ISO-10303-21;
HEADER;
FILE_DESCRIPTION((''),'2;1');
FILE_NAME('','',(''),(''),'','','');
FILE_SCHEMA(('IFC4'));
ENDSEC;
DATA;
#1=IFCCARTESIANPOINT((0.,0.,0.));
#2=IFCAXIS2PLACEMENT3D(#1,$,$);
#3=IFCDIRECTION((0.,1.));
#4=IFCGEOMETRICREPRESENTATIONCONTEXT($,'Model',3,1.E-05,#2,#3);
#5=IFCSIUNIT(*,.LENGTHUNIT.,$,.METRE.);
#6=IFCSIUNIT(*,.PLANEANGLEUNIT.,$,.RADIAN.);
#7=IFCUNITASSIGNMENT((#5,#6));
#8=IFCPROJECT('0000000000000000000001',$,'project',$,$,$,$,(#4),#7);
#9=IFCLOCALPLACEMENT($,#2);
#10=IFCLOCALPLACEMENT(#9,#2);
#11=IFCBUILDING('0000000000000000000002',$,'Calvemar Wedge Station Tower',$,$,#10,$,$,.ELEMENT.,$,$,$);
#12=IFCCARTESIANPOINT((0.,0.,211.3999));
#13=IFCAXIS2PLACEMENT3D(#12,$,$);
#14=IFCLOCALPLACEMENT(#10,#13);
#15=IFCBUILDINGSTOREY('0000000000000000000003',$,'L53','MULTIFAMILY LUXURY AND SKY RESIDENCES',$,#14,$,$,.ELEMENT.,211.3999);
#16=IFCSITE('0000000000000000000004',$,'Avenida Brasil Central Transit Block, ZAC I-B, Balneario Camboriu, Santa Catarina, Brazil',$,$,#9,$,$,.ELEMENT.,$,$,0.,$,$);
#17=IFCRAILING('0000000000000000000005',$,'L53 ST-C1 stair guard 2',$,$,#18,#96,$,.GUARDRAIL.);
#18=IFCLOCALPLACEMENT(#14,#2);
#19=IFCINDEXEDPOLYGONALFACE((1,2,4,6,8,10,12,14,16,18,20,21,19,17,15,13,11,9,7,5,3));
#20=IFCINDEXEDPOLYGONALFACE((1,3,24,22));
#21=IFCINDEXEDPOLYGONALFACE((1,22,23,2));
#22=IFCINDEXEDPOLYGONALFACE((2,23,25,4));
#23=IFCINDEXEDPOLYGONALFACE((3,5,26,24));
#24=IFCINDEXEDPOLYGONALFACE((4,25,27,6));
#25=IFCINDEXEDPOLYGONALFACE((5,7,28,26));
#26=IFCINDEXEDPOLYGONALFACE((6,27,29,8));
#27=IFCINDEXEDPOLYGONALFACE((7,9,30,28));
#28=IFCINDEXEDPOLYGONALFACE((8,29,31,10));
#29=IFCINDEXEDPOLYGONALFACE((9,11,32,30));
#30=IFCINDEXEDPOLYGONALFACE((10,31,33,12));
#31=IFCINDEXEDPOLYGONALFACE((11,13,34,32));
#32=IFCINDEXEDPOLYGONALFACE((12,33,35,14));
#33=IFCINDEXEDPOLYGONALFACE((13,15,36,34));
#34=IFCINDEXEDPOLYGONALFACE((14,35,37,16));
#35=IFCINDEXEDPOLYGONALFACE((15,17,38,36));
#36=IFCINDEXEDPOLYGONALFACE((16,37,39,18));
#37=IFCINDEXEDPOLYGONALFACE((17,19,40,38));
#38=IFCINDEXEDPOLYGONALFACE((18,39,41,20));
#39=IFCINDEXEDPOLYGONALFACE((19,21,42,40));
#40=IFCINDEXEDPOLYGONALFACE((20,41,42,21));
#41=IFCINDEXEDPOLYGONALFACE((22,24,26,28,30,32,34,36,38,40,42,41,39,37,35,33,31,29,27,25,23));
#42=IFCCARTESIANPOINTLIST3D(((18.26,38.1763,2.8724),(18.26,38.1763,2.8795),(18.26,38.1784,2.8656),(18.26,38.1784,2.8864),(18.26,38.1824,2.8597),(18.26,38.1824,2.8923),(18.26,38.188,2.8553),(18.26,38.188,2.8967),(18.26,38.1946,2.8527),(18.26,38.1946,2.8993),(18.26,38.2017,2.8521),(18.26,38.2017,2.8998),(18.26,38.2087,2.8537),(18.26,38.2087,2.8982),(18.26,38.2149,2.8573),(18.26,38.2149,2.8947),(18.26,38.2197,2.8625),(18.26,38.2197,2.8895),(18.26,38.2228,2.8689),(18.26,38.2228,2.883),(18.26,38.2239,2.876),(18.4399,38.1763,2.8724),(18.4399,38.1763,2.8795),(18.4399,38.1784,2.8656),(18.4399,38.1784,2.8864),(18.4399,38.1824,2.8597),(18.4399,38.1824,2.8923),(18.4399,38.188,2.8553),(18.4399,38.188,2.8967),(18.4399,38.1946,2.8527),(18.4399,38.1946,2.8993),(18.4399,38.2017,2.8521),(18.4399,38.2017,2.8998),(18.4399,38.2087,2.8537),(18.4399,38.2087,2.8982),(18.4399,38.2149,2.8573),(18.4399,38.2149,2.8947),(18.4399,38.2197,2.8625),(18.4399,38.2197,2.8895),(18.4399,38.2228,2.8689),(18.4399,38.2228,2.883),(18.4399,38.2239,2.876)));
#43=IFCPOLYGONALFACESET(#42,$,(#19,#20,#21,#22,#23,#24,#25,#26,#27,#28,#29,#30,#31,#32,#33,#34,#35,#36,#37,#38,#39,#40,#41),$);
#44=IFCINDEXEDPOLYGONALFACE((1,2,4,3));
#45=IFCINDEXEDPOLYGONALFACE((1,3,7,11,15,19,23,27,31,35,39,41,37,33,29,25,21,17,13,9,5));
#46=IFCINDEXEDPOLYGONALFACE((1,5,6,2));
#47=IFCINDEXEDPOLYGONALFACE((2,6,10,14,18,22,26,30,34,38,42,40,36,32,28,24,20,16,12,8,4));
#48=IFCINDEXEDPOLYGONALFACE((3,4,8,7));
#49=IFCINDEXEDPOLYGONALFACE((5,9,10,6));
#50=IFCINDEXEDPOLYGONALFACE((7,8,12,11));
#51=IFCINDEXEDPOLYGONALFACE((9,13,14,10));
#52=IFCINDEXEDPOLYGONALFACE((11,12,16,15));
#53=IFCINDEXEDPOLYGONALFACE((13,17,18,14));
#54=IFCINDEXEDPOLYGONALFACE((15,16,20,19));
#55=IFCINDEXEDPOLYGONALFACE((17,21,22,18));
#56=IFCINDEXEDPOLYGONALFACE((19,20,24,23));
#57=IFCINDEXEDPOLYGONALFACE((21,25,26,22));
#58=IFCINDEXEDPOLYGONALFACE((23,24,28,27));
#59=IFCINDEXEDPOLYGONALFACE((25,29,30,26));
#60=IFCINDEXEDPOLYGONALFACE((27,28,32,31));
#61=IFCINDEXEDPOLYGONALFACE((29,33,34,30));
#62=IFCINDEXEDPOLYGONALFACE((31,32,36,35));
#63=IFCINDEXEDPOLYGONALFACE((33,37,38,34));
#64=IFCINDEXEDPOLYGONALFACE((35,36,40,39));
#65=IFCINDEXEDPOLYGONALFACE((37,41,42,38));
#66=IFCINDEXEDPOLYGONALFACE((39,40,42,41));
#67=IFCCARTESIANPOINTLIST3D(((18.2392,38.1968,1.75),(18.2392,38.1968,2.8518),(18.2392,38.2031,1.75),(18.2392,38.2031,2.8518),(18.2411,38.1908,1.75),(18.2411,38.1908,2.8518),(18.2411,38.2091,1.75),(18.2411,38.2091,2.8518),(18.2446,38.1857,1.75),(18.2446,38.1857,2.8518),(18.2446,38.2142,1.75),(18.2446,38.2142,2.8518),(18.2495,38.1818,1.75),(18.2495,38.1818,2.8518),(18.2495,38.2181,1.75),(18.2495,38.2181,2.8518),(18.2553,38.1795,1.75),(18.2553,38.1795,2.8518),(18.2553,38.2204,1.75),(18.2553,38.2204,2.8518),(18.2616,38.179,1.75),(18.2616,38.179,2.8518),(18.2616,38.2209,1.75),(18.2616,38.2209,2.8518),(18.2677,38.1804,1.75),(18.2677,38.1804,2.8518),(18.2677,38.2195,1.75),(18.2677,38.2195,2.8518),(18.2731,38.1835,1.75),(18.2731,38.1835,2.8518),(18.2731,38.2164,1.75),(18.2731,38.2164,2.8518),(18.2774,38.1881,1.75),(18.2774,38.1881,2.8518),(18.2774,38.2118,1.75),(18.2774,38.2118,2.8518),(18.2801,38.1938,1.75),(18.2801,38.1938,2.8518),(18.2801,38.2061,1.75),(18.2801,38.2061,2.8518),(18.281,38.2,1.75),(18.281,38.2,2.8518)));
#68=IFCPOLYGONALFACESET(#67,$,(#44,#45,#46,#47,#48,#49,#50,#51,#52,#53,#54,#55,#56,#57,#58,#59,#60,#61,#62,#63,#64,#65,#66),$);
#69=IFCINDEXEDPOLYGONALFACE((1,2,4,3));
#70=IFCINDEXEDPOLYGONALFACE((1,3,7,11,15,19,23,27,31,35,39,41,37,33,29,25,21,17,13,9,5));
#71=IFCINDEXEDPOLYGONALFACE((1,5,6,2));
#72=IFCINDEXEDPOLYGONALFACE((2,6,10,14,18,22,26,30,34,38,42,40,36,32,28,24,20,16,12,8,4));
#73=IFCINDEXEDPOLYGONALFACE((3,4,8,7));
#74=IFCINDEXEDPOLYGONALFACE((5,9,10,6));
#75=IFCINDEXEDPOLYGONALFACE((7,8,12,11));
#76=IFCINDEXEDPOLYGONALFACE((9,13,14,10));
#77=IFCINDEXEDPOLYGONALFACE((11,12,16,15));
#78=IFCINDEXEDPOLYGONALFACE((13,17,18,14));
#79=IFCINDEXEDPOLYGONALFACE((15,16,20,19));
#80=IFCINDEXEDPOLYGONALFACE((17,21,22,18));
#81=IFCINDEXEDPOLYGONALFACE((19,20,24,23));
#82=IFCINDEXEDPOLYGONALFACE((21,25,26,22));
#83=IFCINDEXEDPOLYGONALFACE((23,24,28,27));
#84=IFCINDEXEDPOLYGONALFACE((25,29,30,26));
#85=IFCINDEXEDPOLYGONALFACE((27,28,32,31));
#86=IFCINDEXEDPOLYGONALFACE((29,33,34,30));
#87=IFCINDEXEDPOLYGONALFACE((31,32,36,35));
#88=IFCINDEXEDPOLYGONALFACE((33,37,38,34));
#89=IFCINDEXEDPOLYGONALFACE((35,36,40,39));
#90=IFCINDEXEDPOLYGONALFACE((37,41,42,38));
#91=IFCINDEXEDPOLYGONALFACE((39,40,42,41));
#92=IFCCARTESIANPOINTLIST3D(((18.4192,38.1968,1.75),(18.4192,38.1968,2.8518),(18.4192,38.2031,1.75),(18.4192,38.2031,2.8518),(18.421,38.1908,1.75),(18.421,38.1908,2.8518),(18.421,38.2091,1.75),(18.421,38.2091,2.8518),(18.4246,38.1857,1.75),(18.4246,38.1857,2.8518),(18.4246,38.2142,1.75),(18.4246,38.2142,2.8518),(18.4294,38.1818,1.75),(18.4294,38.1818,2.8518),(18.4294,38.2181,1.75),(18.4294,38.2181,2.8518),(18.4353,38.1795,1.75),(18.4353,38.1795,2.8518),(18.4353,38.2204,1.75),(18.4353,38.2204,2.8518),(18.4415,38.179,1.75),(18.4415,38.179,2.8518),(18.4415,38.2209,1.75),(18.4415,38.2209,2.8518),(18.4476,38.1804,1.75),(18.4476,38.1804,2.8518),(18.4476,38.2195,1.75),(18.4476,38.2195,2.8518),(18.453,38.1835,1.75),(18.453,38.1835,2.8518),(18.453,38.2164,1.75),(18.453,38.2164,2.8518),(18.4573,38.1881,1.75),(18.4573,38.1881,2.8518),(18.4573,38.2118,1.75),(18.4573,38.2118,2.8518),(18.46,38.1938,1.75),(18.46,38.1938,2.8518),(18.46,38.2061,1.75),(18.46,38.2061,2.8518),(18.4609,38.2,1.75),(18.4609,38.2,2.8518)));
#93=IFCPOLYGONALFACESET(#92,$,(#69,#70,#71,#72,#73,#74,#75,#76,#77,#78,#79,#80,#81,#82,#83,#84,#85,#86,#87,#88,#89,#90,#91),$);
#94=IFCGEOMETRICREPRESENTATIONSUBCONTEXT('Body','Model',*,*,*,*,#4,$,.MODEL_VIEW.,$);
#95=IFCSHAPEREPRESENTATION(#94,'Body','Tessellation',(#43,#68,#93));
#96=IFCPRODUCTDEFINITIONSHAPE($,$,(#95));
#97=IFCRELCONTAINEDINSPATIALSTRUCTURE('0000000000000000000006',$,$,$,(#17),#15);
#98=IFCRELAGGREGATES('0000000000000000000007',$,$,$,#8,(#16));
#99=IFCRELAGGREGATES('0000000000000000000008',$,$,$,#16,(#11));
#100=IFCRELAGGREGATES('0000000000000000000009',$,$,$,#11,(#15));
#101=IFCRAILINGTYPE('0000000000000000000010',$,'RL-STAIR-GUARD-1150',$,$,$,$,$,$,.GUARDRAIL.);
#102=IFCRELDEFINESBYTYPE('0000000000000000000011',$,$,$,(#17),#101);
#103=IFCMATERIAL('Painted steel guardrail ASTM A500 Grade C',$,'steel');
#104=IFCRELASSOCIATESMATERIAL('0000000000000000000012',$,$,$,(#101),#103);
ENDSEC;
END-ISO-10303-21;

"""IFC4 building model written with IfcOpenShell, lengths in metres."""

from ifc_helpers import new_model, si_unit, direction, frame, origin, origin_2d, place, context, subcontext, project, spatial, circle, extrude, material, type_object, element, save


model = new_model("IFC4")

# Units and contexts
model_context = context("Model", 3, precision=1e-05, world=origin(), true_north=direction((0.0, 1.0)))
body_context = subcontext(model_context, "Body", "Model", "MODEL_VIEW")
ifc_project = project(units=[si_unit("LENGTHUNIT", "METRE"), si_unit("PLANEANGLEUNIT", "RADIAN")], contexts=[model_context])

# Site, building, storey
site_placement = place(None, origin())
site = spatial("IfcSite", under=ifc_project, at=site_placement, Name="Avenida Brasil Central Transit Block, ZAC I-B, Balneario Camboriu, Santa Catarina, Brazil", CompositionType="ELEMENT", RefElevation=0.0)
building_placement = place(site_placement, origin())
building = spatial("IfcBuilding", under=site, at=building_placement, Name="Calvemar Wedge Station Tower", CompositionType="ELEMENT")
storey_placement = place(building_placement, frame((0.0, 0.0, 211.3999)))
storey = spatial("IfcBuildingStorey", under=building, at=storey_placement, Name="L53", Description="MULTIFAMILY LUXURY AND SKY RESIDENCES", CompositionType="ELEMENT", Elevation=211.3999)

# Railing
ifc_material_1 = material(Name="Painted steel guardrail ASTM A500 Grade C", Category="steel")
railing_type_1 = type_object("IfcRailingType", Name="RL-STAIR-GUARD-1150", PredefinedType="GUARDRAIL", material=ifc_material_1)
railing_1_placement = place(storey_placement, frame((18.26, 38.2, 1.75)))
element("IfcRailing", 1, at=railing_1_placement, inside=storey, type_object=railing_type_1, Name="L53 ST-C1 stair guard 2", PredefinedType="GUARDRAIL", context=body_context, shape_type="SweptSolid", body=[
    extrude(circle(Radius=0.0239, at=origin_2d()), frame((0.0, 0.0, 1.126), z_axis=(1.0, 0.0, 0.0), x_axis=(0.0, 1.0, 0.0)), (0.0, 0.0, 1.0), 0.1799),
    extrude(circle(Radius=0.021, at=origin_2d()), origin(), (0.0, 0.0, 1.0), 1.1018),
    extrude(circle(Radius=0.021, at=origin_2d()), frame((0.1799, 0.0, 0.0)), (0.0, 0.0, 1.0), 1.1018),
])

save(model, "model.ifc")
